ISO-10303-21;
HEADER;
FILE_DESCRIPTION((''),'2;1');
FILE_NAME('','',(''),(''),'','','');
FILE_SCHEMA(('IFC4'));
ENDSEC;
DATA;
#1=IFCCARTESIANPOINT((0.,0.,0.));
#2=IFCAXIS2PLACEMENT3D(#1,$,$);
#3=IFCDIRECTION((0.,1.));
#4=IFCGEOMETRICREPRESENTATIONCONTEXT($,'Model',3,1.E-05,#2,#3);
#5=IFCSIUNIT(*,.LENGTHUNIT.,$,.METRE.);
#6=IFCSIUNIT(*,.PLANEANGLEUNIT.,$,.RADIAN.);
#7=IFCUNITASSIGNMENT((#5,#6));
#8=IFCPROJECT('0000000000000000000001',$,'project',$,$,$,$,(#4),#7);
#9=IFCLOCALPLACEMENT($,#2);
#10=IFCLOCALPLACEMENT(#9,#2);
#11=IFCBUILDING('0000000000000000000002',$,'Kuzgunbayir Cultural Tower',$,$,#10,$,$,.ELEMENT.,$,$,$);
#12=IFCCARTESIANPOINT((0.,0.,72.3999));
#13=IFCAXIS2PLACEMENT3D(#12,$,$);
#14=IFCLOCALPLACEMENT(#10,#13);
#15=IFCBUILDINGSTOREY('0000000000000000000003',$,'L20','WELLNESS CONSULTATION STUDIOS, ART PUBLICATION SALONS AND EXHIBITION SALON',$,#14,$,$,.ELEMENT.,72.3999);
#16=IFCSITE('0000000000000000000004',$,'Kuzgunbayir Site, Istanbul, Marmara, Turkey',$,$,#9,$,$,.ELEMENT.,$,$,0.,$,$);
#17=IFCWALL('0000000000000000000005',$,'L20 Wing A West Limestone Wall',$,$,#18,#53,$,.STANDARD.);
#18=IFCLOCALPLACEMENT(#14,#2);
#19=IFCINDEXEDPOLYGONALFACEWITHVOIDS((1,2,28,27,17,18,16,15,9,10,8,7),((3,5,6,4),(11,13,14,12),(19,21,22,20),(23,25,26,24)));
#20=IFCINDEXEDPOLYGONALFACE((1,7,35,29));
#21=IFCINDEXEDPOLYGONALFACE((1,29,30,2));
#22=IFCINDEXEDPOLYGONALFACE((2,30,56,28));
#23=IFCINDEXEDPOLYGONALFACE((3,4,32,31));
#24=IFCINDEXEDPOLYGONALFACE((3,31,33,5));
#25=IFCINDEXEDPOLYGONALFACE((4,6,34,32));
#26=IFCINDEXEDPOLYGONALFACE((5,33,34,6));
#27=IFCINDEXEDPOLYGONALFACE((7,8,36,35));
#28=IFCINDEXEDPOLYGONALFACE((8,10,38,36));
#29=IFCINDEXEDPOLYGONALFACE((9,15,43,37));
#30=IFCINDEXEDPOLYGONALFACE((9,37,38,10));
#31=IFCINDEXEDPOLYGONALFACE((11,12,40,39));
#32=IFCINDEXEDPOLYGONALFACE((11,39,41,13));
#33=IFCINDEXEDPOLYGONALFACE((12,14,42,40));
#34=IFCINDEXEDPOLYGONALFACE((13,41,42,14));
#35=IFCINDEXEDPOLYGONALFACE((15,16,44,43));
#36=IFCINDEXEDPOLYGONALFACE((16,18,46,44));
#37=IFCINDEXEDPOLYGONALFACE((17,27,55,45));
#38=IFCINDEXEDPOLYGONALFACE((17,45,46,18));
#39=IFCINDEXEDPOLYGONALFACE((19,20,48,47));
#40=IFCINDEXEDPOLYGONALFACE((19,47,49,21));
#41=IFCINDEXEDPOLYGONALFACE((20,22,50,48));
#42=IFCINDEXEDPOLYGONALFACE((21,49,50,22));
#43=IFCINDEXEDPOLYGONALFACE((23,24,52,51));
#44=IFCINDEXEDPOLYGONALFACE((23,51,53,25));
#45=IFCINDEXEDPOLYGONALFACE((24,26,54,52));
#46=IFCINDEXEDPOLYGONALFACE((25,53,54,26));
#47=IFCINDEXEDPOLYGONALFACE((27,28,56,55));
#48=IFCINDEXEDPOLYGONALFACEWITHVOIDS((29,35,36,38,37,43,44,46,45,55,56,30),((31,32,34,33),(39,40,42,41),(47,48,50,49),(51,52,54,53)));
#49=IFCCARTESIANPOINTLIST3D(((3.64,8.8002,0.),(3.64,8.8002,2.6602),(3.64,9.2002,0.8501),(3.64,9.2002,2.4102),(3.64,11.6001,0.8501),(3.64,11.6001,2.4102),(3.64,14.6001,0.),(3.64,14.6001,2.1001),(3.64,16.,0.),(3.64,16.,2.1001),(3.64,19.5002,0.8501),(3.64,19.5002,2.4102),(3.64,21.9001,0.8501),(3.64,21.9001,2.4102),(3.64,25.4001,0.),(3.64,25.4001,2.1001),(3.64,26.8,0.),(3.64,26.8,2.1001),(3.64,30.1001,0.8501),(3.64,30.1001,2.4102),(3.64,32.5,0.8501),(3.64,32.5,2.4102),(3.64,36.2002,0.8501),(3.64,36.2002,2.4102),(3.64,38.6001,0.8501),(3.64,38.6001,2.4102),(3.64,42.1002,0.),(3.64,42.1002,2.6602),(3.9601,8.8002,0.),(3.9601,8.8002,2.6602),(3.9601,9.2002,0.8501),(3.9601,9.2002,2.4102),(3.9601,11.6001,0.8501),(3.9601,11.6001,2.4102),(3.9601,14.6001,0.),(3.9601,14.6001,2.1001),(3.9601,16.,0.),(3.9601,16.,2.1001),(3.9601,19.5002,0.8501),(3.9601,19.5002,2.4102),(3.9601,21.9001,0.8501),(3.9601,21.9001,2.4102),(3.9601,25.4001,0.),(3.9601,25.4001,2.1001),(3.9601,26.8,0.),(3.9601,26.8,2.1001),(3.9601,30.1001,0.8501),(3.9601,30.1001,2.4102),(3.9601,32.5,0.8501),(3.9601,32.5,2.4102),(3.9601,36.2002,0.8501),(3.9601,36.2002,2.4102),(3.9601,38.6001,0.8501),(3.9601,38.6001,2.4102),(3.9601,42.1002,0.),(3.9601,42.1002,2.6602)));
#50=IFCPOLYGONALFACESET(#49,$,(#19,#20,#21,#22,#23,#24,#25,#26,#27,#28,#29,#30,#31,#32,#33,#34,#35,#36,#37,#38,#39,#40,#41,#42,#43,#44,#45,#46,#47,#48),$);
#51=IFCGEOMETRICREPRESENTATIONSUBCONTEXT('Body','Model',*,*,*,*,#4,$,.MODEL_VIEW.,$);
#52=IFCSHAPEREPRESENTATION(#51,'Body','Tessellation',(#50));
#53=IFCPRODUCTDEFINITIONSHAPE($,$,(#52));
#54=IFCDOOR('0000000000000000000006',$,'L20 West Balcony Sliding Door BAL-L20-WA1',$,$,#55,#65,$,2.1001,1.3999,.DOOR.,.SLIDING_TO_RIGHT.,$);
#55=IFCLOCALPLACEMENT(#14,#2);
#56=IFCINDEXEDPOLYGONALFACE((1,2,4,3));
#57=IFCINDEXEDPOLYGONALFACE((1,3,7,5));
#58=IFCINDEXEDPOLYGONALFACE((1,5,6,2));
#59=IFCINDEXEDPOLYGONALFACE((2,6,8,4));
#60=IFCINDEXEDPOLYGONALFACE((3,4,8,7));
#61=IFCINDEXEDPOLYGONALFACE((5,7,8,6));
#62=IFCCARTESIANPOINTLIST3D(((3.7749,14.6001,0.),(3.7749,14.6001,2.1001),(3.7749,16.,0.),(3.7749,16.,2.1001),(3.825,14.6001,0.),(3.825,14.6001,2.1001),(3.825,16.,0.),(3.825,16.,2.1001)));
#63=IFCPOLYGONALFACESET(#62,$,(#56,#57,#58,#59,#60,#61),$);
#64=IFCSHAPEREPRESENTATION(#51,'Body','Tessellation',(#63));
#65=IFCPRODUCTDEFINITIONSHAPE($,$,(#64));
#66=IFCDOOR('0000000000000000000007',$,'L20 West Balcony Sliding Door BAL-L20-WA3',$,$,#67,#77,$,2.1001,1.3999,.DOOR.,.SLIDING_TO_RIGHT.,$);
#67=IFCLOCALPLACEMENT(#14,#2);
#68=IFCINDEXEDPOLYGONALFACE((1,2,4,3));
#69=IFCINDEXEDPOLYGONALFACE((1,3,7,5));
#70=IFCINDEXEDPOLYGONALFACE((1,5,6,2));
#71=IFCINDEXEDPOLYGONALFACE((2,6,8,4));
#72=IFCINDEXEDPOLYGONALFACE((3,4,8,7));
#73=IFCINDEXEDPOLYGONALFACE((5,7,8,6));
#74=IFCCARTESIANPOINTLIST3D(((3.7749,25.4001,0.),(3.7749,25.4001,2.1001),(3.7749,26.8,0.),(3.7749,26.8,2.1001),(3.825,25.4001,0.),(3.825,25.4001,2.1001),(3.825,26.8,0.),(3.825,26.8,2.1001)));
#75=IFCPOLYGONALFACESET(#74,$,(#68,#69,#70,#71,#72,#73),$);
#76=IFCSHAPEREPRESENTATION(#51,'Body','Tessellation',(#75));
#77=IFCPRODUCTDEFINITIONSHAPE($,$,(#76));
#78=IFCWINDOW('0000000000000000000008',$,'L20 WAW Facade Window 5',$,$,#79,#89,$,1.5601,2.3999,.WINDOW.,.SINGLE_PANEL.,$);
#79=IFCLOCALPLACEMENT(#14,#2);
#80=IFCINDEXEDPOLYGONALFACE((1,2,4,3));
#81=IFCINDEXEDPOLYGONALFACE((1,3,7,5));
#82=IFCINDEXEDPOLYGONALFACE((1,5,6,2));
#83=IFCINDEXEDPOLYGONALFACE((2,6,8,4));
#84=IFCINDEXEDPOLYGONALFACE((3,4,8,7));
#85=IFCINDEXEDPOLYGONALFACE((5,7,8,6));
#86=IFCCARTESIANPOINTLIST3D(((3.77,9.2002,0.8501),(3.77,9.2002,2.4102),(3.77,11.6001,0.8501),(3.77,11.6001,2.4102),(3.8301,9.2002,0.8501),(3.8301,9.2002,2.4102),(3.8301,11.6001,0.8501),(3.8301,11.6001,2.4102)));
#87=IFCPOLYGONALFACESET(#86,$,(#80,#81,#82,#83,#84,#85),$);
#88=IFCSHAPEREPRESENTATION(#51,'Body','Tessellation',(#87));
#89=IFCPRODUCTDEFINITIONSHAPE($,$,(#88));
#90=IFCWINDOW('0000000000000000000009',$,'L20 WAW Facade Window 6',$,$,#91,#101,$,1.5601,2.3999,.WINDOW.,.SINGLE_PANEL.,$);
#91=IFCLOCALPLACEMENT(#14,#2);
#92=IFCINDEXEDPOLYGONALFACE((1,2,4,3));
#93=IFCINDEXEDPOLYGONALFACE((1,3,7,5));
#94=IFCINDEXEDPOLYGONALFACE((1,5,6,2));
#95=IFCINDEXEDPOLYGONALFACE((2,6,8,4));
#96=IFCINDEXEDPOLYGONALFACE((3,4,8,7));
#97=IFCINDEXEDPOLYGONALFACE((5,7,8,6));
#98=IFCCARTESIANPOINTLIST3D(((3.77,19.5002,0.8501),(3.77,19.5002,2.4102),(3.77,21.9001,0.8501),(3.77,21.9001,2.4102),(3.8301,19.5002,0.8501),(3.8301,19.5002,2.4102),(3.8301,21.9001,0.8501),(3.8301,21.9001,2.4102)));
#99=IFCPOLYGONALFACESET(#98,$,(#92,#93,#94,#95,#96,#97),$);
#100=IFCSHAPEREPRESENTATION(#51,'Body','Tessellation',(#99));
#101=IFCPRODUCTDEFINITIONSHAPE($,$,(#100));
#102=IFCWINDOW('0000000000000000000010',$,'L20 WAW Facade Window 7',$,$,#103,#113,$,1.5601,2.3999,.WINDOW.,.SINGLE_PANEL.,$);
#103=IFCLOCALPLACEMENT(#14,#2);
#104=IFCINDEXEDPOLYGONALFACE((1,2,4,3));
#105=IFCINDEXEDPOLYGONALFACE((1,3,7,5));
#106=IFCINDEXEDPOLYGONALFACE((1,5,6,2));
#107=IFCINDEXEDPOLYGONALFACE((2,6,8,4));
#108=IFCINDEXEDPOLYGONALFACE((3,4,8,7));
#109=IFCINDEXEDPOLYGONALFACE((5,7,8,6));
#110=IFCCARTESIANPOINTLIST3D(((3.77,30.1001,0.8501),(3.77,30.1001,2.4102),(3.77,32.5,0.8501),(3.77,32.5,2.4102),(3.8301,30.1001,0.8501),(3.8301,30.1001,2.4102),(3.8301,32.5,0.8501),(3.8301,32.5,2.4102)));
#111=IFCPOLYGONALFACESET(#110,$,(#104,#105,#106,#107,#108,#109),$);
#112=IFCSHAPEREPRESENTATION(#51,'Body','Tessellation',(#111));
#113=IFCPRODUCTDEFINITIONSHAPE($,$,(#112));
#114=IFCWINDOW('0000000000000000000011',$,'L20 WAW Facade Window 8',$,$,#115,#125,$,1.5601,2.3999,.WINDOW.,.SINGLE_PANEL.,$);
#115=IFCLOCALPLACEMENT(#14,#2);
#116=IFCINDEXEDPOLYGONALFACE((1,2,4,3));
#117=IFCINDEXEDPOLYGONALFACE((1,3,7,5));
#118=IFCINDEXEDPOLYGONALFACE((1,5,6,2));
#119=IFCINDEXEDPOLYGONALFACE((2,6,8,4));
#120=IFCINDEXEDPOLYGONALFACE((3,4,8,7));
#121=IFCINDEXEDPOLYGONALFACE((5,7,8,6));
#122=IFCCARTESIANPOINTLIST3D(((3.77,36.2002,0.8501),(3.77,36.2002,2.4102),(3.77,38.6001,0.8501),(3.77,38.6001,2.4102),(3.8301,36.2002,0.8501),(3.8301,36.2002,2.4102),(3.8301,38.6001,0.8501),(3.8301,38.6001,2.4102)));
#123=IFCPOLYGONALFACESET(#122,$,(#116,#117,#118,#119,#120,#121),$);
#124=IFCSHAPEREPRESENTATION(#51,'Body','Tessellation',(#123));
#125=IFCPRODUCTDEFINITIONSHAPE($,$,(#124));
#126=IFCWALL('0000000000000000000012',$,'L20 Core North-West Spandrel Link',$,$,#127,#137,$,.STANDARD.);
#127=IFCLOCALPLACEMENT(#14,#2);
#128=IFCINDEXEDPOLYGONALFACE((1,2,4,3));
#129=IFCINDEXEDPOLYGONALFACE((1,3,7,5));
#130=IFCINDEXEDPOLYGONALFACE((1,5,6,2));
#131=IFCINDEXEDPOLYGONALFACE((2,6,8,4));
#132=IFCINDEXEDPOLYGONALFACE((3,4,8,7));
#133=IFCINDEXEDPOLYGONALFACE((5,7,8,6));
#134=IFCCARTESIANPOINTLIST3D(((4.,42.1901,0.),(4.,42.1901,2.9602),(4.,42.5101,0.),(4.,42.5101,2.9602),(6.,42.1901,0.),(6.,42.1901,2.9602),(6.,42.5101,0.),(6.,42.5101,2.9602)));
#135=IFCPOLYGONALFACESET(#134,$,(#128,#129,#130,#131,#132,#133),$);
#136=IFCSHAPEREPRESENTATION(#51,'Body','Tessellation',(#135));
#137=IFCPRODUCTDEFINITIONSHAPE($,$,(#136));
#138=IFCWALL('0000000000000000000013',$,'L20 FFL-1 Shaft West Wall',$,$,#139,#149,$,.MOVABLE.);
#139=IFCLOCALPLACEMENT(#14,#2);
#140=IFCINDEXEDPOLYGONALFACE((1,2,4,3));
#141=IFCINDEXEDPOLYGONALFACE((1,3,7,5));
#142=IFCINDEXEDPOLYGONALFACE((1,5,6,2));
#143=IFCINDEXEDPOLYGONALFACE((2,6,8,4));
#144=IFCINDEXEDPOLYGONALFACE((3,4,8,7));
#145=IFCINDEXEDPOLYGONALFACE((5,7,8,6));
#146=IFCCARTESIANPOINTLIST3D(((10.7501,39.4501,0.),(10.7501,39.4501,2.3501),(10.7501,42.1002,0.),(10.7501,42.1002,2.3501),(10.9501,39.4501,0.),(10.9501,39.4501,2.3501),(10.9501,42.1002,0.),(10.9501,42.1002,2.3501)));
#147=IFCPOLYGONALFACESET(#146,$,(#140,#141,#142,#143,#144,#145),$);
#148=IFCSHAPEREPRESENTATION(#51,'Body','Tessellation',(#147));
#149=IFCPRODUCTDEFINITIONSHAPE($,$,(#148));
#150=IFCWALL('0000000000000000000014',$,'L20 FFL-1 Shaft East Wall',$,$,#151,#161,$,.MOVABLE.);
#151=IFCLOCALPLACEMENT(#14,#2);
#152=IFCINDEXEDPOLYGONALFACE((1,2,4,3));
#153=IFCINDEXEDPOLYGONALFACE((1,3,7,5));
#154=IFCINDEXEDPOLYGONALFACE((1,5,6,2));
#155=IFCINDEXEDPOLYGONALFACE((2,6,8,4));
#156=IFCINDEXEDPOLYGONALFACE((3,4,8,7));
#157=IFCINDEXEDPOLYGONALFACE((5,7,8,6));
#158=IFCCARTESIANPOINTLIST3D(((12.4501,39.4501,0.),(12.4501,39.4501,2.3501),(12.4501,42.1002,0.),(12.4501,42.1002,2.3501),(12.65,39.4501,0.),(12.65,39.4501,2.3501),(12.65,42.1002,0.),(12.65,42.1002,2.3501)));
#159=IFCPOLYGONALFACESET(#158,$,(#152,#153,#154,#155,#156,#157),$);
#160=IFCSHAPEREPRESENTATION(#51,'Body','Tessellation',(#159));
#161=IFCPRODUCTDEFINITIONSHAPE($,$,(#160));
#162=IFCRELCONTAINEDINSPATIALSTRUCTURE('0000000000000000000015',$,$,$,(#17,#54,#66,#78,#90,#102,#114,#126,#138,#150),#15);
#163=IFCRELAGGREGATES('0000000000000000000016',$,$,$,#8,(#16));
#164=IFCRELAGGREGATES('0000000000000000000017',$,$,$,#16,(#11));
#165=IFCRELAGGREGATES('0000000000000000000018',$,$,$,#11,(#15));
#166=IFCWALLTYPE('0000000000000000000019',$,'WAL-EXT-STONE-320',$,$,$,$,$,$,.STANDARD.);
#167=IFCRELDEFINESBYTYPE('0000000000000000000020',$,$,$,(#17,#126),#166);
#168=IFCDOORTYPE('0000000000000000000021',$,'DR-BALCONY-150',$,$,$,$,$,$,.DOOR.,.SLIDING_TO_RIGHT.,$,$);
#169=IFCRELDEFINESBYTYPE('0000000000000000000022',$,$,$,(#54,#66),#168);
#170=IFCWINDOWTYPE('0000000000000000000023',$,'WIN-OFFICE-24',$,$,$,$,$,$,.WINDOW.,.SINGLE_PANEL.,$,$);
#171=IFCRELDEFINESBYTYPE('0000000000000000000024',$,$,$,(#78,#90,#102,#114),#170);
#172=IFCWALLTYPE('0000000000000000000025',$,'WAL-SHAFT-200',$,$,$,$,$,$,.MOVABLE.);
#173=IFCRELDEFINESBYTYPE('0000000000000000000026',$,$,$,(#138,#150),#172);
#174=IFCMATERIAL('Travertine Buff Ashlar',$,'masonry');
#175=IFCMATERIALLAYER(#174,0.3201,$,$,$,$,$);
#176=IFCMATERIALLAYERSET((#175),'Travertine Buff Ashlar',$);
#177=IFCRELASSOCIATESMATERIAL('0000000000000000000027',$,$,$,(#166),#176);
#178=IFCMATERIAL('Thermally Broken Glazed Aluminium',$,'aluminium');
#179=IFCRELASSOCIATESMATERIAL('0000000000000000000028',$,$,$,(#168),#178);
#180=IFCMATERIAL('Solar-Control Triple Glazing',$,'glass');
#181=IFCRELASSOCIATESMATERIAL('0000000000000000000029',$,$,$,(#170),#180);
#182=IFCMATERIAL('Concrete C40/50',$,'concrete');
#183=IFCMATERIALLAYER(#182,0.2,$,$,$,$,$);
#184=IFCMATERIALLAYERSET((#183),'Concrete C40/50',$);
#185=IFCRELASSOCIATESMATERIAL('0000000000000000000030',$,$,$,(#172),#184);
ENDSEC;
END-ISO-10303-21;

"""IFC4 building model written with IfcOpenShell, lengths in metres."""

from ifc_helpers import new_model, si_unit, direction, frame, frame_2d, origin, place, context, subcontext, project, spatial, rectangle, extrude, material, layer, layer_set, type_object, element, fill, save


model = new_model("IFC4")

# Units and contexts
model_context = context("Model", 3, precision=1e-05, world=origin(), true_north=direction((0.0, 1.0)))
body_context = subcontext(model_context, "Body", "Model", "MODEL_VIEW")
ifc_project = project(units=[si_unit("LENGTHUNIT", "METRE"), si_unit("PLANEANGLEUNIT", "RADIAN")], contexts=[model_context])

# Site, building, storey
site_placement = place(None, origin())
site = spatial("IfcSite", under=ifc_project, at=site_placement, Name="Kuzgunbayir Site, Istanbul, Marmara, Turkey", CompositionType="ELEMENT", RefElevation=0.0)
building_placement = place(site_placement, origin())
building = spatial("IfcBuilding", under=site, at=building_placement, Name="Kuzgunbayir Cultural Tower", CompositionType="ELEMENT")
storey_placement = place(building_placement, frame((0.0, 0.0, 72.3999)))
storey = spatial("IfcBuildingStorey", under=building, at=storey_placement, Name="L20", Description="WELLNESS CONSULTATION STUDIOS, ART PUBLICATION SALONS AND EXHIBITION SALON", CompositionType="ELEMENT", Elevation=72.3999)

# Wall, openings, doors, windows
ifc_material_1 = material(Name="Travertine Buff Ashlar", Category="masonry")
ifc_layer_1 = layer(ifc_material_1, 0.3201)
ifc_layer_set_1 = layer_set([ifc_layer_1], Name="Travertine Buff Ashlar")
wall_type_1 = type_object("IfcWallType", Name="WAL-EXT-STONE-320", PredefinedType="STANDARD", material=ifc_layer_set_1)
wall_1_placement = place(storey_placement, frame((3.8, 42.1001, 0.0), z_axis=(0.0, 0.0, 1.0), x_axis=(0.0, -1.0, 0.0)))
wall_1 = element("IfcWall", 1, at=wall_1_placement, inside=storey, type_object=wall_type_1, Name="L20 Wing A West Limestone Wall", PredefinedType="STANDARD", context=body_context, shape_type="SweptSolid", body=[
    extrude(rectangle(XDim=33.3, YDim=0.3201, at=frame_2d((16.6499, 0.0))), origin(), (0.0, 0.0, 1.0), 2.6602),
])
opening_1_placement = place(wall_1_placement, frame((26.1001, 0.0, 0.0)))
opening_1 = element("IfcOpeningElement", 2, at=opening_1_placement, cuts=wall_1, PredefinedType="OPENING", context=body_context, shape_type="SweptSolid", body=[
    extrude(rectangle(XDim=1.3999, YDim=2.1001, at=frame_2d((0.7, 1.05))), frame((0.0, 0.1699, 0.0), z_axis=(0.0, -1.0, 0.0), x_axis=(1.0, 0.0, 0.0)), (0.0, 0.0, 1.0), 0.3401),
])
opening_2_placement = place(wall_1_placement, frame((15.3, 0.0, 0.0)))
opening_2 = element("IfcOpeningElement", 3, at=opening_2_placement, cuts=wall_1, PredefinedType="OPENING", context=body_context, shape_type="SweptSolid", body=[
    extrude(rectangle(XDim=1.3999, YDim=2.1001, at=frame_2d((0.7, 1.05))), frame((0.0, 0.1699, 0.0), z_axis=(0.0, -1.0, 0.0), x_axis=(1.0, 0.0, 0.0)), (0.0, 0.0, 1.0), 0.3401),
])
opening_3_placement = place(wall_1_placement, frame((30.5, 0.0, 0.8501)))
opening_3 = element("IfcOpeningElement", 4, at=opening_3_placement, cuts=wall_1, PredefinedType="OPENING", context=body_context, shape_type="SweptSolid", body=[
    extrude(rectangle(XDim=2.3999, YDim=1.5601, at=frame_2d((1.2, 0.78))), frame((0.0, 0.1699, 0.0), z_axis=(0.0, -1.0, 0.0), x_axis=(1.0, 0.0, 0.0)), (0.0, 0.0, 1.0), 0.3401),
])
opening_4_placement = place(wall_1_placement, frame((20.2, 0.0, 0.8501)))
opening_4 = element("IfcOpeningElement", 5, at=opening_4_placement, cuts=wall_1, PredefinedType="OPENING", context=body_context, shape_type="SweptSolid", body=[
    extrude(rectangle(XDim=2.3999, YDim=1.5601, at=frame_2d((1.2, 0.78))), frame((0.0, 0.1699, 0.0), z_axis=(0.0, -1.0, 0.0), x_axis=(1.0, 0.0, 0.0)), (0.0, 0.0, 1.0), 0.3401),
])
opening_5_placement = place(wall_1_placement, frame((9.6001, 0.0, 0.8501)))
opening_5 = element("IfcOpeningElement", 6, at=opening_5_placement, cuts=wall_1, PredefinedType="OPENING", context=body_context, shape_type="SweptSolid", body=[
    extrude(rectangle(XDim=2.3999, YDim=1.5601, at=frame_2d((1.2, 0.78))), frame((0.0, 0.1699, 0.0), z_axis=(0.0, -1.0, 0.0), x_axis=(1.0, 0.0, 0.0)), (0.0, 0.0, 1.0), 0.3401),
])
opening_6_placement = place(wall_1_placement, frame((3.5, 0.0, 0.8501)))
opening_6 = element("IfcOpeningElement", 7, at=opening_6_placement, cuts=wall_1, PredefinedType="OPENING", context=body_context, shape_type="SweptSolid", body=[
    extrude(rectangle(XDim=2.3999, YDim=1.5601, at=frame_2d((1.2, 0.78))), frame((0.0, 0.1699, 0.0), z_axis=(0.0, -1.0, 0.0), x_axis=(1.0, 0.0, 0.0)), (0.0, 0.0, 1.0), 0.3401),
])
ifc_material_2 = material(Name="Thermally Broken Glazed Aluminium", Category="aluminium")
door_type_1 = type_object("IfcDoorType", Name="DR-BALCONY-150", OperationType="SLIDING_TO_RIGHT", PredefinedType="DOOR", material=ifc_material_2)
door_1_placement = place(opening_1_placement, origin())
door_1 = element("IfcDoor", 8, at=door_1_placement, inside=storey, type_object=door_type_1, Name="L20 West Balcony Sliding Door BAL-L20-WA1", OperationType="SLIDING_TO_RIGHT", OverallHeight=2.1001, OverallWidth=1.3999, PredefinedType="DOOR", context=body_context, shape_type="SweptSolid", body=[
    extrude(rectangle(XDim=1.3999, YDim=2.1001, at=frame_2d((0.7, 1.05))), frame((0.0, 0.0249, 0.0), z_axis=(0.0, -1.0, 0.0), x_axis=(1.0, 0.0, 0.0)), (0.0, 0.0, 1.0), 0.05),
])
fill(opening_1, door_1)
door_2_placement = place(opening_2_placement, origin())
door_2 = element("IfcDoor", 9, at=door_2_placement, inside=storey, type_object=door_type_1, Name="L20 West Balcony Sliding Door BAL-L20-WA3", OperationType="SLIDING_TO_RIGHT", OverallHeight=2.1001, OverallWidth=1.3999, PredefinedType="DOOR", context=body_context, shape_type="SweptSolid", body=[
    extrude(rectangle(XDim=1.3999, YDim=2.1001, at=frame_2d((0.7, 1.05))), frame((0.0, 0.0249, 0.0), z_axis=(0.0, -1.0, 0.0), x_axis=(1.0, 0.0, 0.0)), (0.0, 0.0, 1.0), 0.05),
])
fill(opening_2, door_2)
ifc_material_3 = material(Name="Solar-Control Triple Glazing", Category="glass")
window_type = type_object("IfcWindowType", Name="WIN-OFFICE-24", PartitioningType="SINGLE_PANEL", PredefinedType="WINDOW", material=ifc_material_3)
window_1_placement = place(opening_3_placement, origin())
window_1 = element("IfcWindow", 10, at=window_1_placement, inside=storey, type_object=window_type, Name="L20 WAW Facade Window 5", OverallHeight=1.5601, OverallWidth=2.3999, PartitioningType="SINGLE_PANEL", PredefinedType="WINDOW", context=body_context, shape_type="SweptSolid", body=[
    extrude(rectangle(XDim=2.3999, YDim=1.5601, at=frame_2d((1.2, 0.78))), frame((0.0, 0.03, 0.0), z_axis=(0.0, -1.0, 0.0), x_axis=(1.0, 0.0, 0.0)), (0.0, 0.0, 1.0), 0.0601),
])
fill(opening_3, window_1)
window_2_placement = place(opening_4_placement, origin())
window_2 = element("IfcWindow", 11, at=window_2_placement, inside=storey, type_object=window_type, Name="L20 WAW Facade Window 6", OverallHeight=1.5601, OverallWidth=2.3999, PartitioningType="SINGLE_PANEL", PredefinedType="WINDOW", context=body_context, shape_type="SweptSolid", body=[
    extrude(rectangle(XDim=2.3999, YDim=1.5601, at=frame_2d((1.2, 0.78))), frame((0.0, 0.03, 0.0), z_axis=(0.0, -1.0, 0.0), x_axis=(1.0, 0.0, 0.0)), (0.0, 0.0, 1.0), 0.0601),
])
fill(opening_4, window_2)
window_3_placement = place(opening_5_placement, origin())
window_3 = element("IfcWindow", 12, at=window_3_placement, inside=storey, type_object=window_type, Name="L20 WAW Facade Window 7", OverallHeight=1.5601, OverallWidth=2.3999, PartitioningType="SINGLE_PANEL", PredefinedType="WINDOW", context=body_context, shape_type="SweptSolid", body=[
    extrude(rectangle(XDim=2.3999, YDim=1.5601, at=frame_2d((1.2, 0.78))), frame((0.0, 0.03, 0.0), z_axis=(0.0, -1.0, 0.0), x_axis=(1.0, 0.0, 0.0)), (0.0, 0.0, 1.0), 0.0601),
])
fill(opening_5, window_3)
window_4_placement = place(opening_6_placement, origin())
window_4 = element("IfcWindow", 13, at=window_4_placement, inside=storey, type_object=window_type, Name="L20 WAW Facade Window 8", OverallHeight=1.5601, OverallWidth=2.3999, PartitioningType="SINGLE_PANEL", PredefinedType="WINDOW", context=body_context, shape_type="SweptSolid", body=[
    extrude(rectangle(XDim=2.3999, YDim=1.5601, at=frame_2d((1.2, 0.78))), frame((0.0, 0.03, 0.0), z_axis=(0.0, -1.0, 0.0), x_axis=(1.0, 0.0, 0.0)), (0.0, 0.0, 1.0), 0.0601),
])
fill(opening_6, window_4)

# Wall
wall_2_placement = place(storey_placement, frame((6.0, 42.3501, 0.0), z_axis=(0.0, 0.0, 1.0), x_axis=(-1.0, 0.0, 0.0)))
element("IfcWall", 14, at=wall_2_placement, inside=storey, type_object=wall_type_1, Name="L20 Core North-West Spandrel Link", PredefinedType="STANDARD", context=body_context, shape_type="SweptSolid", body=[
    extrude(rectangle(XDim=2.0, YDim=0.3201, at=frame_2d((1.0, 0.0))), origin(), (0.0, 0.0, 1.0), 2.9602),
])

# Shared definitions
ifc_material_4 = material(Name="Concrete C40/50", Category="concrete")
ifc_layer_2 = layer(ifc_material_4, 0.2)
ifc_layer_set_2 = layer_set([ifc_layer_2], Name="Concrete C40/50")
wall_type_2 = type_object("IfcWallType", Name="WAL-SHAFT-200", PredefinedType="MOVABLE", material=ifc_layer_set_2)

# Walls
for number, where, z_axis, x_axis, name in (
    (15, (10.8501, 39.45, 0.0), (0.0, 0.0, 1.0), (0.0, 1.0, 0.0), "L20 FFL-1 Shaft West Wall"),
    (16, (12.55, 39.45, 0.0), (0.0, 0.0, 1.0), (0.0, 1.0, 0.0), "L20 FFL-1 Shaft East Wall"),
):
    element("IfcWall", number, at=place(storey_placement, frame(where, z_axis=z_axis, x_axis=x_axis)), inside=storey, type_object=wall_type_2, Name=name, PredefinedType="MOVABLE", context=body_context, shape_type="SweptSolid", body=[
        extrude(rectangle(XDim=2.6501, YDim=0.2, at=frame_2d((1.3252, 0.0))), origin(), (0.0, 0.0, 1.0), 2.3501),
    ])

save(model, "model.ifc")
